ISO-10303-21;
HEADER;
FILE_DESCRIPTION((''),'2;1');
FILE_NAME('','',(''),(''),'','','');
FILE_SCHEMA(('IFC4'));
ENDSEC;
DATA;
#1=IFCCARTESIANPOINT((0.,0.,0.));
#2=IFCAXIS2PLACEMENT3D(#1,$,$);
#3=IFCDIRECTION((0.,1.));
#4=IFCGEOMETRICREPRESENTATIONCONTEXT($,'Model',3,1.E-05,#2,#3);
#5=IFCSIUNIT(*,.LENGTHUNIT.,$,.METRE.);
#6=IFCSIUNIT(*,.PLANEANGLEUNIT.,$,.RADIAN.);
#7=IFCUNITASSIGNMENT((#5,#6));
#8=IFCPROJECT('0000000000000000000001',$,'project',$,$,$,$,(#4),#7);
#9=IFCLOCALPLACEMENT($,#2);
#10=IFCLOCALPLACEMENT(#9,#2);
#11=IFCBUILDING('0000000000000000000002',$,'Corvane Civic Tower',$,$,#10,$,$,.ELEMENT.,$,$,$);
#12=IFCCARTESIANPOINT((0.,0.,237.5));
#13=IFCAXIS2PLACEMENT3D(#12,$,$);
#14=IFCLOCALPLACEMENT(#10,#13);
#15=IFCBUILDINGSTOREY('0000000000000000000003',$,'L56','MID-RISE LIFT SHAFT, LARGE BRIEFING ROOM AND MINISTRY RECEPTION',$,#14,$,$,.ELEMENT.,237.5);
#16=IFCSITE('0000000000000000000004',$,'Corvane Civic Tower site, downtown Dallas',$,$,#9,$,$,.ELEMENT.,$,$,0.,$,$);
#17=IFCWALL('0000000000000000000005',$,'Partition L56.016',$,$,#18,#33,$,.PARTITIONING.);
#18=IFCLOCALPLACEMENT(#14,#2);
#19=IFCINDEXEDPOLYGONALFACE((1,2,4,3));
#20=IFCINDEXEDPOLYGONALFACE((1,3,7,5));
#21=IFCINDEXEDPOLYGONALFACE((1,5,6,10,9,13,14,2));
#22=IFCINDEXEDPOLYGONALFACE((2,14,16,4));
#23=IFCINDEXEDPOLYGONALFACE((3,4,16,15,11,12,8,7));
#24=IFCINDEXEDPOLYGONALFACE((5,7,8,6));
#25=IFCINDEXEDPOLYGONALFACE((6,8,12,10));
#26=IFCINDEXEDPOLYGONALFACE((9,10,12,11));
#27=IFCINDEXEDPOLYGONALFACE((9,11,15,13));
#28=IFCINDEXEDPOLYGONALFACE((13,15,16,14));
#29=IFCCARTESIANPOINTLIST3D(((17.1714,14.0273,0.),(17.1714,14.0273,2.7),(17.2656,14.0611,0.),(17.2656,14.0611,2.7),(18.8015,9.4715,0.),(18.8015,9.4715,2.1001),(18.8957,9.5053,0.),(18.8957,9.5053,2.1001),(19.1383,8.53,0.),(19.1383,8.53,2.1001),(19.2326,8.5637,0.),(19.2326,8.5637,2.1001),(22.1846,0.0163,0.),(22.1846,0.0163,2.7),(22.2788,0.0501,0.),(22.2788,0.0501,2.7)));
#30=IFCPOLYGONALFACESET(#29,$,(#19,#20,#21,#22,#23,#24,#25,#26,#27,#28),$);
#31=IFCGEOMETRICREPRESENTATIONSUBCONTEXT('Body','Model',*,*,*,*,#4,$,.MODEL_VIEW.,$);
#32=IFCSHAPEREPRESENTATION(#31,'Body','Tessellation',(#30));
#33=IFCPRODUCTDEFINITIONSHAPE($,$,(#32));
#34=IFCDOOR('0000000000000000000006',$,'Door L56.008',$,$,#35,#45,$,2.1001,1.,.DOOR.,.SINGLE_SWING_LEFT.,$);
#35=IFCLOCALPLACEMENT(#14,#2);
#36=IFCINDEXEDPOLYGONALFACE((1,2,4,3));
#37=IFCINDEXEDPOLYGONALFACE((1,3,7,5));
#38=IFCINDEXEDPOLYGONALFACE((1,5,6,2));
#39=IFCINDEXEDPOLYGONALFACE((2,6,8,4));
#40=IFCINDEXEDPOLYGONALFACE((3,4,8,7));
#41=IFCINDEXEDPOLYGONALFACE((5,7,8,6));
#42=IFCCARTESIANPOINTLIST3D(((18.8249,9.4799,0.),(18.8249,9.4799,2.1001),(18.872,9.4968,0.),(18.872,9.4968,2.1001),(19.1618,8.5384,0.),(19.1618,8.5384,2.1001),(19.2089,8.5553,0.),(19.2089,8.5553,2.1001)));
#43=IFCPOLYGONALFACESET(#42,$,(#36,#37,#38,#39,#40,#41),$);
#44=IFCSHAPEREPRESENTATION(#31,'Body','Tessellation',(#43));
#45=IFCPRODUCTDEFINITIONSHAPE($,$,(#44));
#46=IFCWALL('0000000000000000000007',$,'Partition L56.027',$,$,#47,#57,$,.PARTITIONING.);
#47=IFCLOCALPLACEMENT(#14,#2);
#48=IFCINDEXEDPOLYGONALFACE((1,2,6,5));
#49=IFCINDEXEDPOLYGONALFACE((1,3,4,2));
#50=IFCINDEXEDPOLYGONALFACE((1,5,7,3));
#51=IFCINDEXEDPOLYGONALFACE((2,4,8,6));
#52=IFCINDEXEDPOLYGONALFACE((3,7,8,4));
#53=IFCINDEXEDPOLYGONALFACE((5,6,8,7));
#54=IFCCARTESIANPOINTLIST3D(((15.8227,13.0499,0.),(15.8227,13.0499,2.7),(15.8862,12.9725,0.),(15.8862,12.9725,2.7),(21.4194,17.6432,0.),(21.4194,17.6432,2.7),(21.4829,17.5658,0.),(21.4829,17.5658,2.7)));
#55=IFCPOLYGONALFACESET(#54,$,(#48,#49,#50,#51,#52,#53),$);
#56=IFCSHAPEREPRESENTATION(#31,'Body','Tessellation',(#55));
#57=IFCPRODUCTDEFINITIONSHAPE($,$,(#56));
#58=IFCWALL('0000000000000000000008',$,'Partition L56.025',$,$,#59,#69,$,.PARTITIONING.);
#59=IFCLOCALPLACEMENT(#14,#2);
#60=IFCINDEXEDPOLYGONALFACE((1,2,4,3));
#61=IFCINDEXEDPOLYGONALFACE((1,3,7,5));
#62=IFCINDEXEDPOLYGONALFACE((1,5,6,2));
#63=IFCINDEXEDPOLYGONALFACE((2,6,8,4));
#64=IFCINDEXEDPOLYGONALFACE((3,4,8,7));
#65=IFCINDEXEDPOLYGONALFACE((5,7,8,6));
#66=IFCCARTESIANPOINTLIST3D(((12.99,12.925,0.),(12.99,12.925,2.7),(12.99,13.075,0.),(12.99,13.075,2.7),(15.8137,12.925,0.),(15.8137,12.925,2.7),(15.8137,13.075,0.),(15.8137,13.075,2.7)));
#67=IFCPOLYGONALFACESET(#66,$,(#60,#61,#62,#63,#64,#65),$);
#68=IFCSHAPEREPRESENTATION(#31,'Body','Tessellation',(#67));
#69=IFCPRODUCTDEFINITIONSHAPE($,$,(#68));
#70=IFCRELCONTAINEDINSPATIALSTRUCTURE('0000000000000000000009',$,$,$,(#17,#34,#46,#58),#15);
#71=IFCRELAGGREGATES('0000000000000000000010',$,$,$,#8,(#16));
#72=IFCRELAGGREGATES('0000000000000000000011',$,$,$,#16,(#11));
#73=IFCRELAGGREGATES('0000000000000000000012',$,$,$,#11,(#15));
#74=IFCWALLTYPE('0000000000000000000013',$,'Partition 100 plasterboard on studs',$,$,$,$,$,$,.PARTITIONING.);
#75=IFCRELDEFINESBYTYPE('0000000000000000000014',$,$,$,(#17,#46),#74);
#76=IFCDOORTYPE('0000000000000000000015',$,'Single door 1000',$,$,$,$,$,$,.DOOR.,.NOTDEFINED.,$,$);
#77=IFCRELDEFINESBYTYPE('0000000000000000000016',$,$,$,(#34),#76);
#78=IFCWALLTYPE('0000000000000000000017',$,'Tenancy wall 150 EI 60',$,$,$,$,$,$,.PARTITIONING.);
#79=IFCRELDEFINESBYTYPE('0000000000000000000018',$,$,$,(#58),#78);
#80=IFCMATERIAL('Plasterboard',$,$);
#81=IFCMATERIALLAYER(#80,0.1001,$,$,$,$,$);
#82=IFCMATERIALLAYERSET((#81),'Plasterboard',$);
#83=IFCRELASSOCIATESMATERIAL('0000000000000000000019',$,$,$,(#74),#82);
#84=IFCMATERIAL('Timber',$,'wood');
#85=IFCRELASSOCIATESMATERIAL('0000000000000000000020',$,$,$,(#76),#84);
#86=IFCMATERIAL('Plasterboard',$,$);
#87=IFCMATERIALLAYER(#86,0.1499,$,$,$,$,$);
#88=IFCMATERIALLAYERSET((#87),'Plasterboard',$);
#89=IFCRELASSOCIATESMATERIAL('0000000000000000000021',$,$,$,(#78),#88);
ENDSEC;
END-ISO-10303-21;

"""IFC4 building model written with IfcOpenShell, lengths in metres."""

from ifc_helpers import new_model, si_unit, direction, frame, frame_2d, origin, place, context, subcontext, project, spatial, rectangle, extrude, material, layer, layer_set, type_object, element, fill, save


model = new_model("IFC4")

# Units and contexts
model_context = context("Model", 3, precision=1e-05, world=origin(), true_north=direction((0.0, 1.0)))
body_context = subcontext(model_context, "Body", "Model", "MODEL_VIEW")
ifc_project = project(units=[si_unit("LENGTHUNIT", "METRE"), si_unit("PLANEANGLEUNIT", "RADIAN")], contexts=[model_context])

# Site, building, storey
site_placement = place(None, origin())
site = spatial("IfcSite", under=ifc_project, at=site_placement, Name="Corvane Civic Tower site, downtown Dallas", CompositionType="ELEMENT", RefElevation=0.0)
building_placement = place(site_placement, origin())
building = spatial("IfcBuilding", under=site, at=building_placement, Name="Corvane Civic Tower", CompositionType="ELEMENT")
storey_placement = place(building_placement, frame((0.0, 0.0, 237.5)))
storey = spatial("IfcBuildingStorey", under=building, at=storey_placement, Name="L56", Description="MID-RISE LIFT SHAFT, LARGE BRIEFING ROOM AND MINISTRY RECEPTION", CompositionType="ELEMENT", Elevation=237.5)

# Wall, opening, door
ifc_material_1 = material(Name="Plasterboard")
ifc_layer_1 = layer(ifc_material_1, 0.1001)
ifc_layer_set_1 = layer_set([ifc_layer_1], Name="Plasterboard")
wall_type_1 = type_object("IfcWallType", Name="Partition 100 plasterboard on studs", PredefinedType="PARTITIONING", material=ifc_layer_set_1)
wall_1_placement = place(storey_placement, frame((17.2185, 14.0442, 0.0), z_axis=(0.0, 0.0, 1.0), x_axis=(0.336888, -0.941545, 0.0)))
wall_1 = element("IfcWall", 1, at=wall_1_placement, inside=storey, type_object=wall_type_1, Name="Partition L56.016", PredefinedType="PARTITIONING", context=body_context, shape_type="SweptSolid", body=[
    extrude(rectangle(XDim=14.8809, YDim=0.1001, at=frame_2d((7.4404, 0.0))), origin(), (0.0, 0.0, 1.0), 2.7),
])
opening_placement = place(wall_1_placement, frame((4.8386, 0.0, 0.0)))
opening = element("IfcOpeningElement", 2, at=opening_placement, cuts=wall_1, PredefinedType="OPENING", context=body_context, shape_type="SweptSolid", body=[
    extrude(rectangle(XDim=1.0, YDim=2.1001, at=frame_2d((0.5, 1.05))), frame((0.0, 0.0601, 0.0), z_axis=(0.0, -1.0, 0.0), x_axis=(1.0, 0.0, 0.0)), (0.0, 0.0, 1.0), 0.1201),
])
ifc_material_2 = material(Name="Timber", Category="wood")
door_type = type_object("IfcDoorType", Name="Single door 1000", OperationType="NOTDEFINED", PredefinedType="DOOR", material=ifc_material_2)
door_placement = place(opening_placement, origin())
door = element("IfcDoor", 3, at=door_placement, inside=storey, type_object=door_type, Name="Door L56.008", OperationType="SINGLE_SWING_LEFT", OverallHeight=2.1001, OverallWidth=1.0, PredefinedType="DOOR", context=body_context, shape_type="SweptSolid", body=[
    extrude(rectangle(XDim=1.0, YDim=2.1001, at=frame_2d((0.5, 1.05))), frame((0.0, 0.0249, 0.0), z_axis=(0.0, -1.0, 0.0), x_axis=(1.0, 0.0, 0.0)), (0.0, 0.0, 1.0), 0.05),
])
fill(opening, door)

# Walls
wall_2_placement = place(storey_placement, frame((15.8545, 13.0112, 0.0), z_axis=(0.0, 0.0, 1.0), x_axis=(0.772998, 0.634409, 0.0)))
element("IfcWall", 4, at=wall_2_placement, inside=storey, type_object=wall_type_1, Name="Partition L56.027", PredefinedType="PARTITIONING", context=body_context, shape_type="SweptSolid", body=[
    extrude(rectangle(XDim=7.2402, YDim=0.1001, at=frame_2d((3.6201, 0.0))), origin(), (0.0, 0.0, 1.0), 2.7),
])
ifc_material_3 = material(Name="Plasterboard")
ifc_layer_2 = layer(ifc_material_3, 0.1499)
ifc_layer_set_2 = layer_set([ifc_layer_2], Name="Plasterboard")
wall_type_2 = type_object("IfcWallType", Name="Tenancy wall 150 EI 60", PredefinedType="PARTITIONING", material=ifc_layer_set_2)
wall_3_placement = place(storey_placement, frame((12.99, 13.0, 0.0), z_axis=(0.0, 0.0, 1.0), x_axis=(1.0, 0.0, 0.0)))
element("IfcWall", 5, at=wall_3_placement, inside=storey, type_object=wall_type_2, Name="Partition L56.025", PredefinedType="PARTITIONING", context=body_context, shape_type="SweptSolid", body=[
    extrude(rectangle(XDim=2.8237, YDim=0.1499, at=frame_2d((1.4119, 0.0))), origin(), (0.0, 0.0, 1.0), 2.7),
])

save(model, "model.ifc")
